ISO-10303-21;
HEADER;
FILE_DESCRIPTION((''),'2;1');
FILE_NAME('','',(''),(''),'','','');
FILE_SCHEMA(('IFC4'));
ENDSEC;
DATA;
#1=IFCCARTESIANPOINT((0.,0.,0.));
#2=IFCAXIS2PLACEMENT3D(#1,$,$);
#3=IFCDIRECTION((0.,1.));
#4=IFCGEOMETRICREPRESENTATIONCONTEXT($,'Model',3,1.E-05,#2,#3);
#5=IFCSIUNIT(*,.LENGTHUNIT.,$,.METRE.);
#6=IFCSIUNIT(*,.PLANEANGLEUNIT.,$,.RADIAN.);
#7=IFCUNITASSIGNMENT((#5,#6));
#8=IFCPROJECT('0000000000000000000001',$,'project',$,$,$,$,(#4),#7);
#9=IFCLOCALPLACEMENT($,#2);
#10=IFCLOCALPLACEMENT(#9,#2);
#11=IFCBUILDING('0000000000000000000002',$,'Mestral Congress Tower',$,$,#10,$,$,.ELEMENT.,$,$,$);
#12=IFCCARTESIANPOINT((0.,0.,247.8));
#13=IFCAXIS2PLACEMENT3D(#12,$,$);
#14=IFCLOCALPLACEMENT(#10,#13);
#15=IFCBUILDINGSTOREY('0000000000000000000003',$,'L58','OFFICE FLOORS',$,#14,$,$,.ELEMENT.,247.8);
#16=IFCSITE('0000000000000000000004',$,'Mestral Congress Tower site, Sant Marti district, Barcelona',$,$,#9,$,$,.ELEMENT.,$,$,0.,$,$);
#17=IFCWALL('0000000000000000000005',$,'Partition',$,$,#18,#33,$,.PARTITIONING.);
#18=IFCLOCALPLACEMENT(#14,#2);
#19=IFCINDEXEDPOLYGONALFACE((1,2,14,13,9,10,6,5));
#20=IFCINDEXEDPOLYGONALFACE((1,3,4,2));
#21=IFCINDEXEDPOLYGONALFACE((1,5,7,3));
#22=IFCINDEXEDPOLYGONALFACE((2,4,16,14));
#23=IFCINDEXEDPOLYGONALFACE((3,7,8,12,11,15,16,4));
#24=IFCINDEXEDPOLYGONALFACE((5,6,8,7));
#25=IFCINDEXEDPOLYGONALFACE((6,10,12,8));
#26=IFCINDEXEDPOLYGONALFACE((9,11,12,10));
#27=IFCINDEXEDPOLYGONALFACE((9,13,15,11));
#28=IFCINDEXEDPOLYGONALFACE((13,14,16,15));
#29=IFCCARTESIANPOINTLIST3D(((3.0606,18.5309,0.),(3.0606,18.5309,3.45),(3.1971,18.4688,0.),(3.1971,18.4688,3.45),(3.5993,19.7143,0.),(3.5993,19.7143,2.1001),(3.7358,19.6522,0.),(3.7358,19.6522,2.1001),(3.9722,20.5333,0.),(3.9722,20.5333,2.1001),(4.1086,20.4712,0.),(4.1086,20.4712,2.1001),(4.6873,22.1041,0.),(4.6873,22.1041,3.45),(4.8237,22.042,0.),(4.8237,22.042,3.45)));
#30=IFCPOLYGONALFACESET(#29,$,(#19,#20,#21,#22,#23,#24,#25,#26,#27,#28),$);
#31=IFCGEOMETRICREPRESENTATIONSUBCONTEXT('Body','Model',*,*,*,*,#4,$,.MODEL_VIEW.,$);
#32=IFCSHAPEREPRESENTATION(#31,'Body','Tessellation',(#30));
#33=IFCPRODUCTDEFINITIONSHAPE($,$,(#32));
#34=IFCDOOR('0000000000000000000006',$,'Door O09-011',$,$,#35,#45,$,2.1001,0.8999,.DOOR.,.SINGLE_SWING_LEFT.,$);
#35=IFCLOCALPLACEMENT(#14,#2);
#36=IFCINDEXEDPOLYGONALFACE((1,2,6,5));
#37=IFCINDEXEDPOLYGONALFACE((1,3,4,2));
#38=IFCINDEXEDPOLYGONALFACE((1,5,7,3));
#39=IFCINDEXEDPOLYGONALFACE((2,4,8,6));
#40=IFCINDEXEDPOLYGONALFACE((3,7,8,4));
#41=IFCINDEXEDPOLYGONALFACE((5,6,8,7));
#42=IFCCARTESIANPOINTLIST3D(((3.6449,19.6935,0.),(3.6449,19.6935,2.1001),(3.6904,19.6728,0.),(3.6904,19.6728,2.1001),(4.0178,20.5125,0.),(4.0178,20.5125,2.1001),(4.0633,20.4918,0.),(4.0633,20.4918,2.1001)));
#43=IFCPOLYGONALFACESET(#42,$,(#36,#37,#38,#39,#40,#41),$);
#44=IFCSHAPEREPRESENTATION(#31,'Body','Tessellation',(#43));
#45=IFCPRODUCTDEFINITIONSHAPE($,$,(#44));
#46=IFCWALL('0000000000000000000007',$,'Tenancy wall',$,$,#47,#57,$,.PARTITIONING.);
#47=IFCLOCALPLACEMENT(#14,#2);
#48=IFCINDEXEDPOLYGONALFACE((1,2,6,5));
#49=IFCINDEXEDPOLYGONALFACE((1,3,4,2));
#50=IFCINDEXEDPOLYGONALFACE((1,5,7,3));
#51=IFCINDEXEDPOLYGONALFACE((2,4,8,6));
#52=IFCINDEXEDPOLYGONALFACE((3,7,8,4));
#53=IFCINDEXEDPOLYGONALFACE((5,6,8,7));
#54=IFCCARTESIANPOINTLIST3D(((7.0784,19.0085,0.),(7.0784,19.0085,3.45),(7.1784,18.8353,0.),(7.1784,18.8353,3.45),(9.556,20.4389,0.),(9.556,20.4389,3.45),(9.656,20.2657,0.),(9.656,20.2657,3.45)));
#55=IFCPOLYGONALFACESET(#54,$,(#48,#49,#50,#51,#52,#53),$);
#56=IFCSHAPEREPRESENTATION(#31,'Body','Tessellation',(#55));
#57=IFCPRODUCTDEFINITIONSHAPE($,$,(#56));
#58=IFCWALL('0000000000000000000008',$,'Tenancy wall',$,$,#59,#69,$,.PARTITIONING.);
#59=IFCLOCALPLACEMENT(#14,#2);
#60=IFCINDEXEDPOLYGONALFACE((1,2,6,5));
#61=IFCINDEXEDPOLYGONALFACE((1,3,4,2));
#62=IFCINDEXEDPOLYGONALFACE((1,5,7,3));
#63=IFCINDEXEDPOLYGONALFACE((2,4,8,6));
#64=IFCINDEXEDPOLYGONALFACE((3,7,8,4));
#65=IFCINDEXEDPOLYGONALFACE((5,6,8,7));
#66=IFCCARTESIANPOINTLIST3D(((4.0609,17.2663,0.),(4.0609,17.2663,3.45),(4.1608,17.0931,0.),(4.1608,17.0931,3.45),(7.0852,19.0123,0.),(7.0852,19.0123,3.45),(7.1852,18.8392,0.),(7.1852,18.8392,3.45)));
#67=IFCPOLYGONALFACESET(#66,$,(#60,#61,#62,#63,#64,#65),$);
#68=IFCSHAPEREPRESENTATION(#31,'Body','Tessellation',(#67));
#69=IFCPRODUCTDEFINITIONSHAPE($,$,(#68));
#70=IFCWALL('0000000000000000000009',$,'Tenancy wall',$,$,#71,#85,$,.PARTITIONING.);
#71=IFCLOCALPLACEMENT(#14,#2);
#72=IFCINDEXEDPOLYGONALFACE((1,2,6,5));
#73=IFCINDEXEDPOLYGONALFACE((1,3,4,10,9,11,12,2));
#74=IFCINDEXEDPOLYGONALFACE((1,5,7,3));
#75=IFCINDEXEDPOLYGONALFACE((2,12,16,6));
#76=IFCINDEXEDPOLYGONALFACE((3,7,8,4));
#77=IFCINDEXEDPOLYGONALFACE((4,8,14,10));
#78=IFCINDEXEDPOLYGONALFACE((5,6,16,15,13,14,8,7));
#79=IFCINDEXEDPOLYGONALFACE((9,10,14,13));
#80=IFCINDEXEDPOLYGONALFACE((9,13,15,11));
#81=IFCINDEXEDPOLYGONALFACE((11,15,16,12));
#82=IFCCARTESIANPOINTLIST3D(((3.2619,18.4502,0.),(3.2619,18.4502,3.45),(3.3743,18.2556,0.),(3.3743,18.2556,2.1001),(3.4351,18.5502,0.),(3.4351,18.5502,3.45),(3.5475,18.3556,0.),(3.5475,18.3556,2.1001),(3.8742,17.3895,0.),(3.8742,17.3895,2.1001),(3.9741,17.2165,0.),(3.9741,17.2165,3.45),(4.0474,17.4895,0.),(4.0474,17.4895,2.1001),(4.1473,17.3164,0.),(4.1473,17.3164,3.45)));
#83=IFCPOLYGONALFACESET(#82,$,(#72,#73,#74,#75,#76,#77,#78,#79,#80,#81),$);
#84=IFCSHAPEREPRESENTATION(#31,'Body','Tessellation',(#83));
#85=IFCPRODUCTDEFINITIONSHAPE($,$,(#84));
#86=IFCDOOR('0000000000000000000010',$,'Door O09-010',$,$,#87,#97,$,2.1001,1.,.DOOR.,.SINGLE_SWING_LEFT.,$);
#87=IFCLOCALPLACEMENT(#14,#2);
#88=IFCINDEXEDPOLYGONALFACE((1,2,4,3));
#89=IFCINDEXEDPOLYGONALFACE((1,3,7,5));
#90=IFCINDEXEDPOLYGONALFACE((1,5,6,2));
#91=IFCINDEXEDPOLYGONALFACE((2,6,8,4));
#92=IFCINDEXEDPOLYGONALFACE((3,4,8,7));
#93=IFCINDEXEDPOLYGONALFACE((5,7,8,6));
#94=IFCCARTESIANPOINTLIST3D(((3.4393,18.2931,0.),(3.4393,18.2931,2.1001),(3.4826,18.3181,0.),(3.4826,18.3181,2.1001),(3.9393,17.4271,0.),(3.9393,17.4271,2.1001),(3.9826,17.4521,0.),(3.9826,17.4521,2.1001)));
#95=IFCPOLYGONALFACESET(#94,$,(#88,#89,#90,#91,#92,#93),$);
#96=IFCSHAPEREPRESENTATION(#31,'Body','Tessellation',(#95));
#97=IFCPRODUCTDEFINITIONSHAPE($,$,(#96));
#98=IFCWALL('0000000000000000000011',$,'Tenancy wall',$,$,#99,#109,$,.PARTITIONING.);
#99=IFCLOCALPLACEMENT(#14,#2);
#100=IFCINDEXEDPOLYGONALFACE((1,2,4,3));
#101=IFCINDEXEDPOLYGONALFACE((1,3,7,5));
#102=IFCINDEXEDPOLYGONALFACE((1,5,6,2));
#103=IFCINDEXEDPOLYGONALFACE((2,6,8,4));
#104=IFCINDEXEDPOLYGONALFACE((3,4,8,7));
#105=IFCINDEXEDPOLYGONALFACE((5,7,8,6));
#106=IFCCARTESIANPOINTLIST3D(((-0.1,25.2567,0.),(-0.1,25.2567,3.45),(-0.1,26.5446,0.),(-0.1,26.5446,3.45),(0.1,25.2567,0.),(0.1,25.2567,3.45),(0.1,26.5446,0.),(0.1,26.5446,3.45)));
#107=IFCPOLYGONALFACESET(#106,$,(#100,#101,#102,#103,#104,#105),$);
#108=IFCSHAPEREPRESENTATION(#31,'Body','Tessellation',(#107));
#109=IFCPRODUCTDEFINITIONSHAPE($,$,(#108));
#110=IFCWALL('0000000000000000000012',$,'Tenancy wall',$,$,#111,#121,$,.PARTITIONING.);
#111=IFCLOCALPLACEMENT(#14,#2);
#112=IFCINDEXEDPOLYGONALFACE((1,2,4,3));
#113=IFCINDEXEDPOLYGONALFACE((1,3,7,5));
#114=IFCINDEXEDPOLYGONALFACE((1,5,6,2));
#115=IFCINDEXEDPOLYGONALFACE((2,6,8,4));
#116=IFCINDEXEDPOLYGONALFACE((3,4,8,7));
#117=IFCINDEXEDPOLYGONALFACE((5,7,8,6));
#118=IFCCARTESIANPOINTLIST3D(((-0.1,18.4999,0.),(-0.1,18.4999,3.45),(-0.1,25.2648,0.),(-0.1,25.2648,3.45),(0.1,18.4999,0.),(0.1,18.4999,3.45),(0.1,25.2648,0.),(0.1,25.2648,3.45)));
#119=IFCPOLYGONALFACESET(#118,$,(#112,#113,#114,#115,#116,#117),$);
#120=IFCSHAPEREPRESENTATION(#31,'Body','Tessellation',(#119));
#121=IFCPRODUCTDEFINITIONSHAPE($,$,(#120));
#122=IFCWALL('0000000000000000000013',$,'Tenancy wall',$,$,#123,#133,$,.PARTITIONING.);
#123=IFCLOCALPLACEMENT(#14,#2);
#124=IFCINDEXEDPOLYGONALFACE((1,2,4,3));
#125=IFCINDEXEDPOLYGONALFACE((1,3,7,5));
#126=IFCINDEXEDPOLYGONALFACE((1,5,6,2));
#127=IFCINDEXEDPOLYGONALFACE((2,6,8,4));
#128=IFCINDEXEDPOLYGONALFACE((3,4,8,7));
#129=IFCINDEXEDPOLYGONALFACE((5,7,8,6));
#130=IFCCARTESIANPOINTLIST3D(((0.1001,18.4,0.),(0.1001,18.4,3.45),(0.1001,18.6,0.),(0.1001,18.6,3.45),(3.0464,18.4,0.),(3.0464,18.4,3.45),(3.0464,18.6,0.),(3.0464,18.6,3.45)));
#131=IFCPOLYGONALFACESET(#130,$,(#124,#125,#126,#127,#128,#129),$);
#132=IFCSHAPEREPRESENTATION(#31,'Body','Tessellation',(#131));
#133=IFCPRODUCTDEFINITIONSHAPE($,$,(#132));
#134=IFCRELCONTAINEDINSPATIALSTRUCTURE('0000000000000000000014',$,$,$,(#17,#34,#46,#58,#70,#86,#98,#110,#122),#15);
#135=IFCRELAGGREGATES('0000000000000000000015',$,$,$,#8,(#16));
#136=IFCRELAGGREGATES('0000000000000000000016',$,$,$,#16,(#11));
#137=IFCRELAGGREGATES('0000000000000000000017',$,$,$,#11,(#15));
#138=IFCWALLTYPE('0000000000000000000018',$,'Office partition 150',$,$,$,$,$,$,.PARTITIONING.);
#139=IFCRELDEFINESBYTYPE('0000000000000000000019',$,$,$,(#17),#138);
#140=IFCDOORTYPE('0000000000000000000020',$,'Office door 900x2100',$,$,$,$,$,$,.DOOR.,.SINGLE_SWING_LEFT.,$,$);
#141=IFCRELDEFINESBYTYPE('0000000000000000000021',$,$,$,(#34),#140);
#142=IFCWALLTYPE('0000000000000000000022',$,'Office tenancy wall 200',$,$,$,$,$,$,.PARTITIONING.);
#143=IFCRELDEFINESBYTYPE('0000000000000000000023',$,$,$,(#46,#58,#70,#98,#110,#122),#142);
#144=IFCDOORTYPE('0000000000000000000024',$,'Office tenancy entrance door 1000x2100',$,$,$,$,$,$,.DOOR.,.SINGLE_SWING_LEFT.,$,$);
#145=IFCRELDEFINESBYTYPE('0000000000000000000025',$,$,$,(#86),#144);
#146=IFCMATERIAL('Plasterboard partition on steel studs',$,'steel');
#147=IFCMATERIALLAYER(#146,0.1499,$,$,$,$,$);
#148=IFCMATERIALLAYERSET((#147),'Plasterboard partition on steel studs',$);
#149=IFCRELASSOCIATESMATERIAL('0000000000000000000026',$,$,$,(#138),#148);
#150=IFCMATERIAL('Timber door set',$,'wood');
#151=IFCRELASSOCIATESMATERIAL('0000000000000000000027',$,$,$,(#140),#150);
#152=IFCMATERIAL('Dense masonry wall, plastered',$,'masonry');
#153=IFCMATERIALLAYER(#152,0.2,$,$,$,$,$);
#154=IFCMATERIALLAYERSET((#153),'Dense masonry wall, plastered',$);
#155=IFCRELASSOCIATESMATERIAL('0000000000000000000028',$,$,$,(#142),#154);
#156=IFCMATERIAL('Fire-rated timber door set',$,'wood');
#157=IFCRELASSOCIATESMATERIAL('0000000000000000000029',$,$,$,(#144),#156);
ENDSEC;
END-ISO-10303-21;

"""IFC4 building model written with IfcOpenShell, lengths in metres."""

from ifc_helpers import new_model, si_unit, direction, frame, frame_2d, origin, place, context, subcontext, project, spatial, rectangle, extrude, material, layer, layer_set, type_object, element, fill, save


model = new_model("IFC4")

# Units and contexts
model_context = context("Model", 3, precision=1e-05, world=origin(), true_north=direction((0.0, 1.0)))
body_context = subcontext(model_context, "Body", "Model", "MODEL_VIEW")
ifc_project = project(units=[si_unit("LENGTHUNIT", "METRE"), si_unit("PLANEANGLEUNIT", "RADIAN")], contexts=[model_context])

# Site, building, storey
site_placement = place(None, origin())
site = spatial("IfcSite", under=ifc_project, at=site_placement, Name="Mestral Congress Tower site, Sant Marti district, Barcelona", CompositionType="ELEMENT", RefElevation=0.0)
building_placement = place(site_placement, origin())
building = spatial("IfcBuilding", under=site, at=building_placement, Name="Mestral Congress Tower", CompositionType="ELEMENT")
storey_placement = place(building_placement, frame((0.0, 0.0, 247.8)))
storey = spatial("IfcBuildingStorey", under=building, at=storey_placement, Name="L58", Description="OFFICE FLOORS", CompositionType="ELEMENT", Elevation=247.8)

# Shared definitions
ifc_material_1 = material(Name="Plasterboard partition on steel studs", Category="steel")
ifc_layer_1 = layer(ifc_material_1, 0.1499)
ifc_layer_set_1 = layer_set([ifc_layer_1], Name="Plasterboard partition on steel studs")
wall_type_1 = type_object("IfcWallType", Name="Office partition 150", PredefinedType="PARTITIONING", material=ifc_layer_set_1)
ifc_material_2 = material(Name="Timber door set", Category="wood")
door_type_1 = type_object("IfcDoorType", Name="Office door 900x2100", OperationType="SINGLE_SWING_LEFT", PredefinedType="DOOR", material=ifc_material_2)

# Wall, opening, door
wall_1_placement = place(storey_placement, frame((3.1289, 18.5, 0.0), z_axis=(0.0, 0.0, 1.0), x_axis=(0.414332, 0.910126, 0.0)))
wall_1 = element("IfcWall", 1, at=wall_1_placement, inside=storey, type_object=wall_type_1, Name="Partition", PredefinedType="PARTITIONING", context=body_context, shape_type="SweptSolid", body=[
    extrude(rectangle(XDim=3.926, YDim=0.1499, at=frame_2d((1.9629, 0.0))), origin(), (0.0, 0.0, 1.0), 3.45),
])
opening_1_placement = place(wall_1_placement, frame((1.3, 0.0, 0.0)))
opening_1 = element("IfcOpeningElement", 2, at=opening_1_placement, cuts=wall_1, PredefinedType="OPENING", context=body_context, shape_type="SweptSolid", body=[
    extrude(rectangle(XDim=0.8999, YDim=2.1001, at=frame_2d((0.45, 1.05))), frame((0.0, 0.085, 0.0), z_axis=(0.0, -1.0, 0.0), x_axis=(1.0, 0.0, 0.0)), (0.0, 0.0, 1.0), 0.1699),
])
door_1_placement = place(opening_1_placement, origin())
door_1 = element("IfcDoor", 3, at=door_1_placement, inside=storey, type_object=door_type_1, Name="Door O09-011", OperationType="SINGLE_SWING_LEFT", OverallHeight=2.1001, OverallWidth=0.8999, PredefinedType="DOOR", context=body_context, shape_type="SweptSolid", body=[
    extrude(rectangle(XDim=0.8999, YDim=2.1001, at=frame_2d((0.45, 1.05))), frame((0.0, 0.0249, 0.0), z_axis=(0.0, -1.0, 0.0), x_axis=(1.0, 0.0, 0.0)), (0.0, 0.0, 1.0), 0.05),
])
fill(opening_1, door_1)

# Walls
ifc_material_3 = material(Name="Dense masonry wall, plastered", Category="masonry")
ifc_layer_2 = layer(ifc_material_3, 0.2)
ifc_layer_set_2 = layer_set([ifc_layer_2], Name="Dense masonry wall, plastered")
wall_type_2 = type_object("IfcWallType", Name="Office tenancy wall 200", PredefinedType="PARTITIONING", material=ifc_layer_set_2)
wall_2_placement = place(storey_placement, frame((7.1284, 18.9219, 0.0), z_axis=(0.0, 0.0, 1.0), x_axis=(0.866024, 0.500003, 0.0)))
element("IfcWall", 4, at=wall_2_placement, inside=storey, type_object=wall_type_2, Name="Tenancy wall", PredefinedType="PARTITIONING", context=body_context, shape_type="SweptSolid", body=[
    extrude(rectangle(XDim=2.8608, YDim=0.2, at=frame_2d((1.4304, 0.0))), origin(), (0.0, 0.0, 1.0), 3.45),
])
wall_3_placement = place(storey_placement, frame((4.1108, 17.1797, 0.0), z_axis=(0.0, 0.0, 1.0), x_axis=(0.866032, 0.499989, 0.0)))
element("IfcWall", 5, at=wall_3_placement, inside=storey, type_object=wall_type_2, Name="Tenancy wall", PredefinedType="PARTITIONING", context=body_context, shape_type="SweptSolid", body=[
    extrude(rectangle(XDim=3.4922, YDim=0.2, at=frame_2d((1.7461, 0.0))), origin(), (0.0, 0.0, 1.0), 3.45),
])

# Wall, opening, door
wall_4_placement = place(storey_placement, frame((4.0608, 17.2664, 0.0), z_axis=(0.0, 0.0, 1.0), x_axis=(-0.499955, 0.866051, 0.0)))
wall_4 = element("IfcWall", 6, at=wall_4_placement, inside=storey, type_object=wall_type_2, Name="Tenancy wall", PredefinedType="PARTITIONING", context=body_context, shape_type="SweptSolid", body=[
    extrude(rectangle(XDim=1.4246, YDim=0.2, at=frame_2d((0.7124, 0.0))), origin(), (0.0, 0.0, 1.0), 3.45),
])
opening_2_placement = place(wall_4_placement, frame((0.2, 0.0, 0.0)))
opening_2 = element("IfcOpeningElement", 7, at=opening_2_placement, cuts=wall_4, PredefinedType="OPENING", context=body_context, shape_type="SweptSolid", body=[
    extrude(rectangle(XDim=1.0, YDim=2.1001, at=frame_2d((0.5, 1.05))), frame((0.0, 0.1099, 0.0), z_axis=(0.0, -1.0, 0.0), x_axis=(1.0, 0.0, 0.0)), (0.0, 0.0, 1.0), 0.22),
])
ifc_material_4 = material(Name="Fire-rated timber door set", Category="wood")
door_type_2 = type_object("IfcDoorType", Name="Office tenancy entrance door 1000x2100", OperationType="SINGLE_SWING_LEFT", PredefinedType="DOOR", material=ifc_material_4)
door_2_placement = place(opening_2_placement, origin())
door_2 = element("IfcDoor", 8, at=door_2_placement, inside=storey, type_object=door_type_2, Name="Door O09-010", OperationType="SINGLE_SWING_LEFT", OverallHeight=2.1001, OverallWidth=1.0, PredefinedType="DOOR", context=body_context, shape_type="SweptSolid", body=[
    extrude(rectangle(XDim=1.0, YDim=2.1001, at=frame_2d((0.5, 1.05))), frame((0.0, 0.0249, 0.0), z_axis=(0.0, -1.0, 0.0), x_axis=(1.0, 0.0, 0.0)), (0.0, 0.0, 1.0), 0.05),
])
fill(opening_2, door_2)

# Walls
wall_5_placement = place(storey_placement, frame((0.0, 25.2566, 0.0), z_axis=(0.0, 0.0, 1.0), x_axis=(0.0, 1.0, 0.0)))
element("IfcWall", 9, at=wall_5_placement, inside=storey, type_object=wall_type_2, Name="Tenancy wall", PredefinedType="PARTITIONING", context=body_context, shape_type="SweptSolid", body=[
    extrude(rectangle(XDim=1.2878, YDim=0.2, at=frame_2d((0.644, 0.0))), origin(), (0.0, 0.0, 1.0), 3.45),
])
wall_6_placement = place(storey_placement, frame((0.0, 18.5, 0.0), z_axis=(0.0, 0.0, 1.0), x_axis=(0.0, 1.0, 0.0)))
element("IfcWall", 10, at=wall_6_placement, inside=storey, type_object=wall_type_2, Name="Tenancy wall", PredefinedType="PARTITIONING", context=body_context, shape_type="SweptSolid", body=[
    extrude(rectangle(XDim=6.7649, YDim=0.2, at=frame_2d((3.3823, 0.0))), origin(), (0.0, 0.0, 1.0), 3.45),
])
wall_7_placement = place(storey_placement, frame((3.0464, 18.5, 0.0), z_axis=(0.0, 0.0, 1.0), x_axis=(-1.0, 0.0, 0.0)))
element("IfcWall", 11, at=wall_7_placement, inside=storey, type_object=wall_type_2, Name="Tenancy wall", PredefinedType="PARTITIONING", context=body_context, shape_type="SweptSolid", body=[
    extrude(rectangle(XDim=2.9463, YDim=0.2, at=frame_2d((1.4731, 0.0))), origin(), (0.0, 0.0, 1.0), 3.45),
])

save(model, "model.ifc")
